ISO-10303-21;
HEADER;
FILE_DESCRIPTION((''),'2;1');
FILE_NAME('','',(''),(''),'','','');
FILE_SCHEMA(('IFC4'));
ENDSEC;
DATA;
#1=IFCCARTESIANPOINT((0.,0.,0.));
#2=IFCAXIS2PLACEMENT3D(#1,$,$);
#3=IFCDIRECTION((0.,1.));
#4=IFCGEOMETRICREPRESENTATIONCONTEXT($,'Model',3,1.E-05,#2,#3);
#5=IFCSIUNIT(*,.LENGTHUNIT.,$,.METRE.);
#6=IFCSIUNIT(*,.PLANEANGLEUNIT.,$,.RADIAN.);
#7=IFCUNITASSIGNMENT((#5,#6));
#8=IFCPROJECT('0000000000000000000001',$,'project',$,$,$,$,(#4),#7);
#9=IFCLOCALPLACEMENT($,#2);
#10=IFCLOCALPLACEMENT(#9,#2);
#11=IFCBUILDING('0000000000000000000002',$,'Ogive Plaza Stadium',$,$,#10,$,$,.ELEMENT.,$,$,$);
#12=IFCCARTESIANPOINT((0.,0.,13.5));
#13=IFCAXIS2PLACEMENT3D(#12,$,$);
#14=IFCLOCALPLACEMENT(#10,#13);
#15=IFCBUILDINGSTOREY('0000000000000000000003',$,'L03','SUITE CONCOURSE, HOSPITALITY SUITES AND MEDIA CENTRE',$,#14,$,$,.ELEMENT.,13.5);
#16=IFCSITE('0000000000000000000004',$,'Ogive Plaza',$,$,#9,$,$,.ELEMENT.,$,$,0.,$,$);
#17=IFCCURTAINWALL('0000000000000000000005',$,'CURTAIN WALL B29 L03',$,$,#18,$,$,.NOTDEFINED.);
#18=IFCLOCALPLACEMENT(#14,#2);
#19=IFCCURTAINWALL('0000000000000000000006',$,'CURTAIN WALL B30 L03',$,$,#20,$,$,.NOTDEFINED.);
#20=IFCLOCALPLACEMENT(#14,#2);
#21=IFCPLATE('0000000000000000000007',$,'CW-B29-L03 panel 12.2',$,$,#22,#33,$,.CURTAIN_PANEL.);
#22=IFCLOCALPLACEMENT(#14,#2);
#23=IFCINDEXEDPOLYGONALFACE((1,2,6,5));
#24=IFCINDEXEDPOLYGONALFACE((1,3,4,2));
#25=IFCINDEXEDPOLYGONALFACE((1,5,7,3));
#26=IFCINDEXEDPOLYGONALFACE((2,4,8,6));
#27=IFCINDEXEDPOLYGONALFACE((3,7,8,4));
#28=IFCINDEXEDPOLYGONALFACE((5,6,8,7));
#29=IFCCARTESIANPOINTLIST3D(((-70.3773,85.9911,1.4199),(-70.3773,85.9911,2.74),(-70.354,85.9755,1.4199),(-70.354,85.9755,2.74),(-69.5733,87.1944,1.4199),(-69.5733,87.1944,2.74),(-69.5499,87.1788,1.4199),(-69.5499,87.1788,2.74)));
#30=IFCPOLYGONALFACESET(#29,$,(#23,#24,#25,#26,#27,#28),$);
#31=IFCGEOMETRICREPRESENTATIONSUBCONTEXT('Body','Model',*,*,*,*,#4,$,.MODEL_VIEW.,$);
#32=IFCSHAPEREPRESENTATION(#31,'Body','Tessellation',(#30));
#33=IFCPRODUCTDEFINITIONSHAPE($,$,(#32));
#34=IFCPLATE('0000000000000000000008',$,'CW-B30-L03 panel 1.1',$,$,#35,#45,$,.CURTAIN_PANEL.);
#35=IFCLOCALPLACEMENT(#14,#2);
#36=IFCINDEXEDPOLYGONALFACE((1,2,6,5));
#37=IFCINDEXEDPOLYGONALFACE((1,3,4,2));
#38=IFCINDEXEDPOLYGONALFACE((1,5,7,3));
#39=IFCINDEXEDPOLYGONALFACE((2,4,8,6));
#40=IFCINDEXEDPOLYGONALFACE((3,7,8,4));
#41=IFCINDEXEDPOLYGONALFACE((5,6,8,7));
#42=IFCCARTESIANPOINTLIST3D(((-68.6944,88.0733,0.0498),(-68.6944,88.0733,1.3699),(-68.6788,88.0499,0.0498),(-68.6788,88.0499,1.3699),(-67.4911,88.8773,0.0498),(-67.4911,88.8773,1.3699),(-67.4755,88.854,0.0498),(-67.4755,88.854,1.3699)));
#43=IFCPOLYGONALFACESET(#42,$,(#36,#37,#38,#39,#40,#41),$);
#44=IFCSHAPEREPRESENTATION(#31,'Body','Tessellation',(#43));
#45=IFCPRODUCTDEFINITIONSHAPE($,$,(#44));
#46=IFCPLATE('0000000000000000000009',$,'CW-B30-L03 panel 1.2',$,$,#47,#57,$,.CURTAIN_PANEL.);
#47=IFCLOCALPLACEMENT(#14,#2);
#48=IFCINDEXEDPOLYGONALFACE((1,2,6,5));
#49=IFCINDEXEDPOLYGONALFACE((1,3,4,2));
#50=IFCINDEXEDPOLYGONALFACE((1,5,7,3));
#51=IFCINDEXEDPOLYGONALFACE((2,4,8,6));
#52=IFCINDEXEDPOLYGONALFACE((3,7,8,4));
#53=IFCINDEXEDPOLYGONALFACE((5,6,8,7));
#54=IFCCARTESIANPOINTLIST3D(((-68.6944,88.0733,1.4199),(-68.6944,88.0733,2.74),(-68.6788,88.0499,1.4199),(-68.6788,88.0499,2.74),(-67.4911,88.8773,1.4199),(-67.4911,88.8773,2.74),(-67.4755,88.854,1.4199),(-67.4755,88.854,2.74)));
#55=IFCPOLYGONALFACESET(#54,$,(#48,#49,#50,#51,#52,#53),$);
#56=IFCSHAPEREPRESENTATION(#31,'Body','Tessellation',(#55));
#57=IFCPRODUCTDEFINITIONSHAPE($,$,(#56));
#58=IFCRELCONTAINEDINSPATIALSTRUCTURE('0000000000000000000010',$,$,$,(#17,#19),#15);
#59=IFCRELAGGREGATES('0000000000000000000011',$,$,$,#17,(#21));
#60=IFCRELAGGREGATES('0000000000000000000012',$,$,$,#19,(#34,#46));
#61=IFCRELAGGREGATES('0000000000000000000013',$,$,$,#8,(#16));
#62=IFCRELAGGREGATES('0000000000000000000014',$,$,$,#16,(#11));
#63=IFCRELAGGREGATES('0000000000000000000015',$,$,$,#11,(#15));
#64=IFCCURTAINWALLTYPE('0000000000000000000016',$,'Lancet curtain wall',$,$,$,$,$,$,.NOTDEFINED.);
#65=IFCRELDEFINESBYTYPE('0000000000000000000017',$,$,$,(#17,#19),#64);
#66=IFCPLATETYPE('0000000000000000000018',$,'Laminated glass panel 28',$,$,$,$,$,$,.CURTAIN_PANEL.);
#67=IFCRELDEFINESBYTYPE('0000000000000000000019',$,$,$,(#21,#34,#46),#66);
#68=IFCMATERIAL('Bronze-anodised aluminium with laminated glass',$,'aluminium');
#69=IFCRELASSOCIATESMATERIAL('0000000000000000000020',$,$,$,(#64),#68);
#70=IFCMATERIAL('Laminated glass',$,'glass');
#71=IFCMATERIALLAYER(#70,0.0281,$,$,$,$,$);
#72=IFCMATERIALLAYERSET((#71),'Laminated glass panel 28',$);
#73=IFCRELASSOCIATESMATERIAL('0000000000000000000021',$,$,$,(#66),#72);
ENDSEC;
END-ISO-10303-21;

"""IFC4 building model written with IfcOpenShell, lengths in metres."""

from ifc_helpers import new_model, si_unit, direction, frame, origin, origin_2d, place, context, subcontext, project, spatial, rectangle, extrude, material, layer, layer_set, type_object, element, aggregate, save


model = new_model("IFC4")

# Units and contexts
model_context = context("Model", 3, precision=1e-05, world=origin(), true_north=direction((0.0, 1.0)))
body_context = subcontext(model_context, "Body", "Model", "MODEL_VIEW")
ifc_project = project(units=[si_unit("LENGTHUNIT", "METRE"), si_unit("PLANEANGLEUNIT", "RADIAN")], contexts=[model_context])

# Site, building, storey
site_placement = place(None, origin())
site = spatial("IfcSite", under=ifc_project, at=site_placement, Name="Ogive Plaza", CompositionType="ELEMENT", RefElevation=0.0)
building_placement = place(site_placement, origin())
building = spatial("IfcBuilding", under=site, at=building_placement, Name="Ogive Plaza Stadium", CompositionType="ELEMENT")
storey_placement = place(building_placement, frame((0.0, 0.0, 13.5)))
storey = spatial("IfcBuildingStorey", under=building, at=storey_placement, Name="L03", Description="SUITE CONCOURSE, HOSPITALITY SUITES AND MEDIA CENTRE", CompositionType="ELEMENT", Elevation=13.5)

# Curtain walls
ifc_material_1 = material(Name="Bronze-anodised aluminium with laminated glass", Category="aluminium")
curtain_wall_type = type_object("IfcCurtainWallType", Name="Lancet curtain wall", PredefinedType="NOTDEFINED", material=ifc_material_1)
curtain_wall_1_placement = place(storey_placement, origin())
curtain_wall_1 = element("IfcCurtainWall", 1, at=curtain_wall_1_placement, inside=storey, type_object=curtain_wall_type, Name="CURTAIN WALL B29 L03", PredefinedType="NOTDEFINED")
curtain_wall_2_placement = place(storey_placement, origin())
curtain_wall_2 = element("IfcCurtainWall", 2, at=curtain_wall_2_placement, inside=storey, type_object=curtain_wall_type, Name="CURTAIN WALL B30 L03", PredefinedType="NOTDEFINED")

# Plates
ifc_material_2 = material(Name="Laminated glass", Category="glass")
ifc_layer = layer(ifc_material_2, 0.0281)
ifc_layer_set = layer_set([ifc_layer], Name="Laminated glass panel 28")
plate_type = type_object("IfcPlateType", Name="Laminated glass panel 28", PredefinedType="CURTAIN_PANEL", material=ifc_layer_set)
plate_1_placement = place(storey_placement, frame((-69.9636, 86.585, 1.4199), z_axis=(0.0, 0.0, 1.0), x_axis=(0.55557, 0.83147, 0.0)))
plate_1 = element("IfcPlate", 3, at=plate_1_placement, type_object=plate_type, Name="CW-B29-L03 panel 12.2", PredefinedType="CURTAIN_PANEL", context=body_context, shape_type="SweptSolid", body=[
    extrude(rectangle(XDim=1.4473, YDim=0.0281, at=origin_2d()), origin(), (0.0, 0.0, 1.0), 1.3201),
])
aggregate(curtain_wall_1, [plate_1])
plate_2_placement = place(storey_placement, frame((-68.085, 88.4636, 0.0498), z_axis=(0.0, 0.0, 1.0), x_axis=(0.83147, 0.55557, 0.0)))
plate_2 = element("IfcPlate", 4, at=plate_2_placement, type_object=plate_type, Name="CW-B30-L03 panel 1.1", PredefinedType="CURTAIN_PANEL", context=body_context, shape_type="SweptSolid", body=[
    extrude(rectangle(XDim=1.4473, YDim=0.0281, at=origin_2d()), origin(), (0.0, 0.0, 1.0), 1.3201),
])
plate_3_placement = place(storey_placement, frame((-68.085, 88.4636, 1.4199), z_axis=(0.0, 0.0, 1.0), x_axis=(0.83147, 0.55557, 0.0)))
plate_3 = element("IfcPlate", 5, at=plate_3_placement, type_object=plate_type, Name="CW-B30-L03 panel 1.2", PredefinedType="CURTAIN_PANEL", context=body_context, shape_type="SweptSolid", body=[
    extrude(rectangle(XDim=1.4473, YDim=0.0281, at=origin_2d()), origin(), (0.0, 0.0, 1.0), 1.3201),
])
aggregate(curtain_wall_2, [plate_2, plate_3])

save(model, "model.ifc")
